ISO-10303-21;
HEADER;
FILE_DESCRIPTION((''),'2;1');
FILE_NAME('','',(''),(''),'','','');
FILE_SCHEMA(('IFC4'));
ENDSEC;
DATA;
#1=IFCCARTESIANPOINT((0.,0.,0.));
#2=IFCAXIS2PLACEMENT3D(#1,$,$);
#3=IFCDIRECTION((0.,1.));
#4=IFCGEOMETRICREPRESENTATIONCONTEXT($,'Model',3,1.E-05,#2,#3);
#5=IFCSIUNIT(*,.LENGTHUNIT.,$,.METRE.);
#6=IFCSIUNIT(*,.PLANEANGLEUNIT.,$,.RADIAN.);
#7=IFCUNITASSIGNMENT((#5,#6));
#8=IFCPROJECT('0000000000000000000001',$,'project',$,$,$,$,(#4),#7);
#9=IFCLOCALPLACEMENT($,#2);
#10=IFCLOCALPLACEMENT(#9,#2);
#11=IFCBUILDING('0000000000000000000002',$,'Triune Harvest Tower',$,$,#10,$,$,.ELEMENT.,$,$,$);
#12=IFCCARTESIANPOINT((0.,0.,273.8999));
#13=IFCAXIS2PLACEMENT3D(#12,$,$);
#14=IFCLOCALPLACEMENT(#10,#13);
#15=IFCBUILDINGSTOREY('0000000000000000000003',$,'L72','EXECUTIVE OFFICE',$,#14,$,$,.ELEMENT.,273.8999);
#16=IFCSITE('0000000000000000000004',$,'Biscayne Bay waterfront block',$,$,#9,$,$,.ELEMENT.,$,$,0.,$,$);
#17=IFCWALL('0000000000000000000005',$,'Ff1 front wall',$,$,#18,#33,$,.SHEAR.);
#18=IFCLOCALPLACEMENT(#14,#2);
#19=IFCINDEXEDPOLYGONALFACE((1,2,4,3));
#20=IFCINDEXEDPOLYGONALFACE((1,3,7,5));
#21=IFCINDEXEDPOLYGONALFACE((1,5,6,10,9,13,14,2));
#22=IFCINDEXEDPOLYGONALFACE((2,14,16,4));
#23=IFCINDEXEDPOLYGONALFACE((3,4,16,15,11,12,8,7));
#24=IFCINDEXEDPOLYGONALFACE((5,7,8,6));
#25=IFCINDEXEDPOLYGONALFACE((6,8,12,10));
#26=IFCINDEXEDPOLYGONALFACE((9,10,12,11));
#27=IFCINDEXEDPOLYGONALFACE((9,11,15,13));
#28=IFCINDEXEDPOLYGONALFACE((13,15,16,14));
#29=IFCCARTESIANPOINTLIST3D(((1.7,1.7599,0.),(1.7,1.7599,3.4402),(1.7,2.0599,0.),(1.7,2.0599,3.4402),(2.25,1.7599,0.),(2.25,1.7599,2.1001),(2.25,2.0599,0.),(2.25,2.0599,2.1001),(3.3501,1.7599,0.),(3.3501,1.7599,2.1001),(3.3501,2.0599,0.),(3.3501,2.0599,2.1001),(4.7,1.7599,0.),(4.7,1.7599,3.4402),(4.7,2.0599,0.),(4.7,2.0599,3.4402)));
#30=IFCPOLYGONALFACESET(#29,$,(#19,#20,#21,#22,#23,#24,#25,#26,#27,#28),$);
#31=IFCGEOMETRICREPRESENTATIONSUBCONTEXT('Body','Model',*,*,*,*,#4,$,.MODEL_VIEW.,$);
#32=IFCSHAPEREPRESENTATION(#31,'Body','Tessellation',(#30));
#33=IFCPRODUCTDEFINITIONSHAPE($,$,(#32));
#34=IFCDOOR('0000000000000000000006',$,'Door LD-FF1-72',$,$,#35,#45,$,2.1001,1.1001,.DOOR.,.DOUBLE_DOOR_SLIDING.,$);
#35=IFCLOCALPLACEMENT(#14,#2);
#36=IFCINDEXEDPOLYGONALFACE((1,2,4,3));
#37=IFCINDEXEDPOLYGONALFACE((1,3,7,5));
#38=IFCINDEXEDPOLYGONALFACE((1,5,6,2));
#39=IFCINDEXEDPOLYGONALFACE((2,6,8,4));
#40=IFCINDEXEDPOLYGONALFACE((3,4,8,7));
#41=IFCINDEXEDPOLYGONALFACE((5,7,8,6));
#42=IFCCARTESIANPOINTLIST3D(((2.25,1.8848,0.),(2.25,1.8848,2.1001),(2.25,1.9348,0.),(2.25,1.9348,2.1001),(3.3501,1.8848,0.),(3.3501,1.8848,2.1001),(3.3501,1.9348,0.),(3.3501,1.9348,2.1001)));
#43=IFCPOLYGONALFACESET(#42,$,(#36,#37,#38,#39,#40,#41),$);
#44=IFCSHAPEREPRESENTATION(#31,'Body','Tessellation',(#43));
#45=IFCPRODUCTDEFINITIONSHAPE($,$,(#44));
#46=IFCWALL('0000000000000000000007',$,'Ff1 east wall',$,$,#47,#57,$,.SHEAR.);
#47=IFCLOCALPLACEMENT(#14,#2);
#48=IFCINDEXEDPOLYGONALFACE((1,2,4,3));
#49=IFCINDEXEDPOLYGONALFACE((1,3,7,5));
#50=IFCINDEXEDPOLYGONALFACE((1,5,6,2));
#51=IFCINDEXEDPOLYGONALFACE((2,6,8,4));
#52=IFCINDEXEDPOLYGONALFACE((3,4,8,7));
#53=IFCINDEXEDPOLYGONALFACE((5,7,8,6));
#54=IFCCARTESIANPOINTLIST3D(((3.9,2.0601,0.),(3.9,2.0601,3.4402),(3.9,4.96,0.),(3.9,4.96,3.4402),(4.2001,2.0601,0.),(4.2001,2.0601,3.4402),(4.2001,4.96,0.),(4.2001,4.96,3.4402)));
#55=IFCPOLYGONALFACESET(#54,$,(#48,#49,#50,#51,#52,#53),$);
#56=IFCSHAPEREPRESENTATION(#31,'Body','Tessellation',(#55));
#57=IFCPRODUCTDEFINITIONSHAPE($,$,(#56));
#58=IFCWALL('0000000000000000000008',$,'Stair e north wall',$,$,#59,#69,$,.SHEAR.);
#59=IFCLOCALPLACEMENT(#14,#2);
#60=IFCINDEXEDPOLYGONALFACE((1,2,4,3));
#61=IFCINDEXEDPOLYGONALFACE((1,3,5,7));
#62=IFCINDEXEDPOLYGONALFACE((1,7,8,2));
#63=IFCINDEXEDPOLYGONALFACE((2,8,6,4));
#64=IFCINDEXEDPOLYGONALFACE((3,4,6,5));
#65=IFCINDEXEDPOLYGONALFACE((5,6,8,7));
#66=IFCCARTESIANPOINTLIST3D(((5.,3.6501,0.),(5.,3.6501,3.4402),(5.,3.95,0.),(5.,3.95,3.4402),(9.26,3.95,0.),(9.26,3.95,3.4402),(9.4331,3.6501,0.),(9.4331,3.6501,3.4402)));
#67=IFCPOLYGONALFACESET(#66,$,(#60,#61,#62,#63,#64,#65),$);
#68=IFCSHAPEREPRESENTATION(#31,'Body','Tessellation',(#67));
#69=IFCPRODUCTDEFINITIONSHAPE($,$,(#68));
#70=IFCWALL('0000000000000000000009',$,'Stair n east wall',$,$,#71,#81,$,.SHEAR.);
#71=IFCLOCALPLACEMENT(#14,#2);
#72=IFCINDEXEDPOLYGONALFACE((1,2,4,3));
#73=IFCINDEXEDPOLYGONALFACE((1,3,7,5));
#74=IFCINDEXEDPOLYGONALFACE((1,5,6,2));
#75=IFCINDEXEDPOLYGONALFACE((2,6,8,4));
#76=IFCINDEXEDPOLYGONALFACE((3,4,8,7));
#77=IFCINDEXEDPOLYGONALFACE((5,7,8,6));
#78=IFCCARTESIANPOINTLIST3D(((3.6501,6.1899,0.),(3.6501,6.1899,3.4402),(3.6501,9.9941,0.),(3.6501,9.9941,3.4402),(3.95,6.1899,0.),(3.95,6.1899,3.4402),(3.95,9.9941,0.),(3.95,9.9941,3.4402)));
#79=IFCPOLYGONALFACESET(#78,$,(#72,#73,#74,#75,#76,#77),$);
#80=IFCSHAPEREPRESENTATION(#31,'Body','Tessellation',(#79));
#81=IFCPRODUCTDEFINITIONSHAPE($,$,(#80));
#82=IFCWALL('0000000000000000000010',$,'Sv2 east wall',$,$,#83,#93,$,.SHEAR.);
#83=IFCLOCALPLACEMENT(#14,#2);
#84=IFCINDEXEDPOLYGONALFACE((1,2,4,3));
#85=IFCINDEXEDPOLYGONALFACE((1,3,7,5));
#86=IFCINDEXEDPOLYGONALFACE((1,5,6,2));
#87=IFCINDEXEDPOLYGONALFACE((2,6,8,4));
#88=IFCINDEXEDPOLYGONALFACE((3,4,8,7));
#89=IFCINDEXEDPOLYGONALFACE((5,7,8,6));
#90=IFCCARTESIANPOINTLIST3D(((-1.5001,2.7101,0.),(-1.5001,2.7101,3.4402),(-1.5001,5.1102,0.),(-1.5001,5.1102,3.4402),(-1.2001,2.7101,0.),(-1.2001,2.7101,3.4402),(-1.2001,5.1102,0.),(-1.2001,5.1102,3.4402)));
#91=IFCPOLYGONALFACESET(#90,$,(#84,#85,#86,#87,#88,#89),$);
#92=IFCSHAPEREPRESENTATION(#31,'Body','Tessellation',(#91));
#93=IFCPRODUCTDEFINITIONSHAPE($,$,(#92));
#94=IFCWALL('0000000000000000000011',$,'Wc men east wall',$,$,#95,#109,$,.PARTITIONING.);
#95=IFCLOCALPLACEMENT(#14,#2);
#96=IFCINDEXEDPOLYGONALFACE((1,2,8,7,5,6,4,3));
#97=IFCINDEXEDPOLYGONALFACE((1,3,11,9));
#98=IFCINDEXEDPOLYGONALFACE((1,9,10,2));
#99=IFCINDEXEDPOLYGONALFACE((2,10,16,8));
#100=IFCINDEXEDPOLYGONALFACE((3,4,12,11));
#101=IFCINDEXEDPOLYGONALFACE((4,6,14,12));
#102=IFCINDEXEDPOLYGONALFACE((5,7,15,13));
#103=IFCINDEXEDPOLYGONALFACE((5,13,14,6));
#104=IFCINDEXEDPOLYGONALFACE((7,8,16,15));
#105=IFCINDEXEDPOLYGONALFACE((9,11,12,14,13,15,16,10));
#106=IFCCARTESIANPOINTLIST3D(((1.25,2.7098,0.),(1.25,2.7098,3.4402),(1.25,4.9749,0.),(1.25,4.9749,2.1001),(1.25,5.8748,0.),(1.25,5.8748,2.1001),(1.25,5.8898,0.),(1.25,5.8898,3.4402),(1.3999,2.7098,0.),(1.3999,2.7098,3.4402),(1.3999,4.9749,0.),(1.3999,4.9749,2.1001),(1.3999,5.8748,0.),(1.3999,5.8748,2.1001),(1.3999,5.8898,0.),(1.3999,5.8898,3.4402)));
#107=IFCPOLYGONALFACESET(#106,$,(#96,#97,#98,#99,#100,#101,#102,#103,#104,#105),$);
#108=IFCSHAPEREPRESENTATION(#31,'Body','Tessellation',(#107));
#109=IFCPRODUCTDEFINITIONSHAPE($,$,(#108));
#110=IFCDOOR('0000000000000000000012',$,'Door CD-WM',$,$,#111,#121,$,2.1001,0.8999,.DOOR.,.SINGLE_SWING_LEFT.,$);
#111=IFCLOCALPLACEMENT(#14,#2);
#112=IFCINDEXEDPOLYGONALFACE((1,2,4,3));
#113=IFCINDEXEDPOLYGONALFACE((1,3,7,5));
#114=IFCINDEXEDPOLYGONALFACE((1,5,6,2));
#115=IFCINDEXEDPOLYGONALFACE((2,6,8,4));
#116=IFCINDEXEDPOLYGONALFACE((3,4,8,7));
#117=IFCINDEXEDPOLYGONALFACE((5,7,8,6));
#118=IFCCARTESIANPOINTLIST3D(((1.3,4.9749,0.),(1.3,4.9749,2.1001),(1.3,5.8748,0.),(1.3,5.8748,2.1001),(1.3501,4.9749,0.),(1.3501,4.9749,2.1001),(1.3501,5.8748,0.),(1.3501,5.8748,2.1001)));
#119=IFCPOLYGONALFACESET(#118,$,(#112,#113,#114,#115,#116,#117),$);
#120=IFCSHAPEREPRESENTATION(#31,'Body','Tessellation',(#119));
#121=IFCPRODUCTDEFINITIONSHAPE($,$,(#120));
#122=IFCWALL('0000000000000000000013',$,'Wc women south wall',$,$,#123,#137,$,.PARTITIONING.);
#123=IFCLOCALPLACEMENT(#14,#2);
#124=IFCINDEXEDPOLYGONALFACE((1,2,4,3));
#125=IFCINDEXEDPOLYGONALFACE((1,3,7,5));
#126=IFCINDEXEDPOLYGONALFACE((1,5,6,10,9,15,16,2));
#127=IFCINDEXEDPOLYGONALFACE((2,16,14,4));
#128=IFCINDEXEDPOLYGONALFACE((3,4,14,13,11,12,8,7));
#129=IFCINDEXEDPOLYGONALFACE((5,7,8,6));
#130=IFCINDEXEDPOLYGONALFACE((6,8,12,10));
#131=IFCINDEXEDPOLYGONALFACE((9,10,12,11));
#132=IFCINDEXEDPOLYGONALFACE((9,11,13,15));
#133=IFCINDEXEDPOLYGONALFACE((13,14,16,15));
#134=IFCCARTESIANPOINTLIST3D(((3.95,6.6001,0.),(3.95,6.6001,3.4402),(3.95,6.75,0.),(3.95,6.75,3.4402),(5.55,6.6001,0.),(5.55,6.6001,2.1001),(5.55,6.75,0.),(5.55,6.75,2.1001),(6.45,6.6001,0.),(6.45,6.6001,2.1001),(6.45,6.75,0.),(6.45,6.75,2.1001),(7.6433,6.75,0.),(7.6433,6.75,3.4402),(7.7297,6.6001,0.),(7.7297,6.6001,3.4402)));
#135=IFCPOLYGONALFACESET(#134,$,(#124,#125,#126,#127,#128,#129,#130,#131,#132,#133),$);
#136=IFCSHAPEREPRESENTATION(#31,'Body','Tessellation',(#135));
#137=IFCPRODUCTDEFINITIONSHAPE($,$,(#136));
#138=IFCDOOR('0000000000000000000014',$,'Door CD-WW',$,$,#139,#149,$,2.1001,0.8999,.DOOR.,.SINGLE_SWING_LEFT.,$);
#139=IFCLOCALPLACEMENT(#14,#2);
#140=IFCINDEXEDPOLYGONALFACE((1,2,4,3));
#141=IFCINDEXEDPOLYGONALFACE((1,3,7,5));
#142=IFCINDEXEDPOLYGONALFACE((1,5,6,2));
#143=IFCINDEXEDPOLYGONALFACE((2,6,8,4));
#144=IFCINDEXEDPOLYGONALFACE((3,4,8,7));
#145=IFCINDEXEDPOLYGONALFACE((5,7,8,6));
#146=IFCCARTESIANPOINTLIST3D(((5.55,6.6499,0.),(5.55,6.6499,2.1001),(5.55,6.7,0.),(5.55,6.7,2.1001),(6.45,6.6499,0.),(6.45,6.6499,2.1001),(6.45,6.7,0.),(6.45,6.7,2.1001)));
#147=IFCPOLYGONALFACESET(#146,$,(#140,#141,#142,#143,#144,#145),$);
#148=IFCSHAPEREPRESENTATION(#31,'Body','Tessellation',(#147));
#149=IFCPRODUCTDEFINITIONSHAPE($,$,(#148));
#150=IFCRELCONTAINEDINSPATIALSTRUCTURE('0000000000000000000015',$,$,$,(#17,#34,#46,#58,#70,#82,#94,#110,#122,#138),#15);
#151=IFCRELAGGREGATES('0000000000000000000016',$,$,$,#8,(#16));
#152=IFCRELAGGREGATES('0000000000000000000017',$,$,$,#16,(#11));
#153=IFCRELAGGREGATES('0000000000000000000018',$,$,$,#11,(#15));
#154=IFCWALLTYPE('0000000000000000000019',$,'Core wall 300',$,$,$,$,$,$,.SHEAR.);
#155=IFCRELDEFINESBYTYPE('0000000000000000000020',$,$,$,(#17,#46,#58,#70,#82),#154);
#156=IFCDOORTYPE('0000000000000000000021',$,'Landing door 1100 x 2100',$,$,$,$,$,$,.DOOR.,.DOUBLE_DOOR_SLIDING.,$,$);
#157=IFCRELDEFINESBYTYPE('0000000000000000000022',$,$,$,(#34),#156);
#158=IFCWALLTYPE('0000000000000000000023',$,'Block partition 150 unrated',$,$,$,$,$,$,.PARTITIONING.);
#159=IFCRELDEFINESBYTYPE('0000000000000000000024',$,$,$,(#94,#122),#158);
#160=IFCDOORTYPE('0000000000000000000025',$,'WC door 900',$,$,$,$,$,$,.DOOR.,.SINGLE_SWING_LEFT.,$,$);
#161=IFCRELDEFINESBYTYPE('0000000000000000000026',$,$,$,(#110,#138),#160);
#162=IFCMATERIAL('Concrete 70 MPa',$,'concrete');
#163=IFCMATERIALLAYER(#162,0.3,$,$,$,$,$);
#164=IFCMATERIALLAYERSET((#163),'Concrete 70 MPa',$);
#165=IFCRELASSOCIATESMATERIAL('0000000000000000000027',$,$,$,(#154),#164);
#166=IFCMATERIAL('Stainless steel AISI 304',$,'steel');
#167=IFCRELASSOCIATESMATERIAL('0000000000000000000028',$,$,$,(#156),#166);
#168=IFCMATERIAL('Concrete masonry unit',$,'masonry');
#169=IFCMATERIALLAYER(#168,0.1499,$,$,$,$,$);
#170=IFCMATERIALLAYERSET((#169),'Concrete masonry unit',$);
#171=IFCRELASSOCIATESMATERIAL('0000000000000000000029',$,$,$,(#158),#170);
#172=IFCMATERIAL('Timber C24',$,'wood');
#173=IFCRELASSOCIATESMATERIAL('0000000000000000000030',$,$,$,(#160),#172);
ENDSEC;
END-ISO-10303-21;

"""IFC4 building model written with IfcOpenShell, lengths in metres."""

from ifc_helpers import new_model, si_unit, direction, frame, frame_2d, origin, place, context, subcontext, project, spatial, polyline, rectangle, outline, extrude, source, transform, mapped, material, layer, layer_set, type_object, element, fill, save


model = new_model("IFC4")

# Units and contexts
model_context = context("Model", 3, precision=1e-05, world=origin(), true_north=direction((0.0, 1.0)))
body_context = subcontext(model_context, "Body", "Model", "MODEL_VIEW")
ifc_project = project(units=[si_unit("LENGTHUNIT", "METRE"), si_unit("PLANEANGLEUNIT", "RADIAN")], contexts=[model_context])

# Site, building, storey
site_placement = place(None, origin())
site = spatial("IfcSite", under=ifc_project, at=site_placement, Name="Biscayne Bay waterfront block", CompositionType="ELEMENT", RefElevation=0.0)
building_placement = place(site_placement, origin())
building = spatial("IfcBuilding", under=site, at=building_placement, Name="Triune Harvest Tower", CompositionType="ELEMENT")
storey_placement = place(building_placement, frame((0.0, 0.0, 273.8999)))
storey = spatial("IfcBuildingStorey", under=building, at=storey_placement, Name="L72", Description="EXECUTIVE OFFICE", CompositionType="ELEMENT", Elevation=273.8999)

# Shared definitions
ifc_material_1 = material(Name="Concrete 70 MPa", Category="concrete")
ifc_layer_1 = layer(ifc_material_1, 0.3)
ifc_layer_set_1 = layer_set([ifc_layer_1], Name="Concrete 70 MPa")
wall_type_1 = type_object("IfcWallType", Name="Core wall 300", PredefinedType="SHEAR", material=ifc_layer_set_1)

# Wall, opening, door
shared_shape_1 = source(origin(), body_context, "Body", "SweptSolid", [
    extrude(rectangle(XDim=3.0, YDim=0.3, at=frame_2d((1.5, 0.0))), origin(), (0.0, 0.0, 1.0), 3.4402),
])
wall_1_placement = place(storey_placement, frame((1.7, 1.9099, 0.0), z_axis=(0.0, 0.0, 1.0), x_axis=(1.0, 0.0, 0.0)))
wall_1 = element("IfcWall", 1, at=wall_1_placement, inside=storey, type_object=wall_type_1, Name="Ff1 front wall", PredefinedType="SHEAR", context=body_context, shape_type="MappedRepresentation", body=[
    mapped(shared_shape_1, transform((0.0, 0.0, 0.0), scale=1.0)),
])
opening_1_placement = place(wall_1_placement, frame((0.55, 0.0, 0.0)))
opening_1 = element("IfcOpeningElement", 2, at=opening_1_placement, cuts=wall_1, PredefinedType="OPENING", context=body_context, shape_type="SweptSolid", body=[
    extrude(rectangle(XDim=1.1001, YDim=2.1001, at=frame_2d((0.55, 1.05))), frame((0.0, 0.1602, 0.0), z_axis=(0.0, -1.0, 0.0), x_axis=(1.0, 0.0, 0.0)), (0.0, 0.0, 1.0), 0.3201),
])
ifc_material_2 = material(Name="Stainless steel AISI 304", Category="steel")
door_type_1 = type_object("IfcDoorType", Name="Landing door 1100 x 2100", OperationType="DOUBLE_DOOR_SLIDING", PredefinedType="DOOR", material=ifc_material_2)
door_1_placement = place(opening_1_placement, origin())
door_1 = element("IfcDoor", 3, at=door_1_placement, inside=storey, type_object=door_type_1, Name="Door LD-FF1-72", OperationType="DOUBLE_DOOR_SLIDING", OverallHeight=2.1001, OverallWidth=1.1001, PredefinedType="DOOR", context=body_context, shape_type="SweptSolid", body=[
    extrude(rectangle(XDim=1.1001, YDim=2.1001, at=frame_2d((0.55, 1.05))), frame((0.0, 0.0249, 0.0), z_axis=(0.0, -1.0, 0.0), x_axis=(1.0, 0.0, 0.0)), (0.0, 0.0, 1.0), 0.05),
])
fill(opening_1, door_1)

# Walls
shared_shape_2 = source(origin(), body_context, "Body", "SweptSolid", [
    extrude(rectangle(XDim=2.8999, YDim=0.3, at=frame_2d((1.45, 0.0))), origin(), (0.0, 0.0, 1.0), 3.4402),
])
wall_2_placement = place(storey_placement, frame((4.05, 2.0601, 0.0), z_axis=(0.0, 0.0, 1.0), x_axis=(0.0, 1.0, 0.0)))
element("IfcWall", 4, at=wall_2_placement, inside=storey, type_object=wall_type_1, Name="Ff1 east wall", PredefinedType="SHEAR", context=body_context, shape_type="MappedRepresentation", body=[
    mapped(shared_shape_2, transform((0.0, 0.0, 0.0), scale=1.0)),
])
shared_shape_3 = source(origin(), body_context, "Body", "SweptSolid", [
    extrude(outline(polyline([(0.0, -0.1499), (0.0, 0.1499), (4.26, 0.1499), (4.4331, -0.1499), (0.0, -0.1499)])), origin(), (0.0, 0.0, 1.0), 3.4402),
])
wall_3_placement = place(storey_placement, frame((5.0, 3.8, 0.0), z_axis=(0.0, 0.0, 1.0), x_axis=(1.0, 0.0, 0.0)))
element("IfcWall", 5, at=wall_3_placement, inside=storey, type_object=wall_type_1, Name="Stair e north wall", PredefinedType="SHEAR", context=body_context, shape_type="MappedRepresentation", body=[
    mapped(shared_shape_3, transform((0.0, 0.0, 0.0), scale=1.0)),
])
shared_shape_4 = source(origin(), body_context, "Body", "SweptSolid", [
    extrude(outline(polyline([(0.0, -0.1499), (0.0, 0.1499), (3.8042, 0.1499), (3.8042, -0.1499), (0.0, -0.1499)])), origin(), (0.0, 0.0, 1.0), 3.4402),
])
wall_4_placement = place(storey_placement, frame((3.8, 6.1899, 0.0), z_axis=(0.0, 0.0, 1.0), x_axis=(0.0, 1.0, 0.0)))
element("IfcWall", 6, at=wall_4_placement, inside=storey, type_object=wall_type_1, Name="Stair n east wall", PredefinedType="SHEAR", context=body_context, shape_type="MappedRepresentation", body=[
    mapped(shared_shape_4, transform((0.0, 0.0, 0.0), scale=1.0)),
])
shared_shape_5 = source(origin(), body_context, "Body", "SweptSolid", [
    extrude(rectangle(XDim=2.4001, YDim=0.3, at=frame_2d((1.2002, 0.0))), origin(), (0.0, 0.0, 1.0), 3.4402),
])
wall_5_placement = place(storey_placement, frame((-1.3501, 2.71, 0.0), z_axis=(0.0, 0.0, 1.0), x_axis=(0.0, 1.0, 0.0)))
element("IfcWall", 7, at=wall_5_placement, inside=storey, type_object=wall_type_1, Name="Sv2 east wall", PredefinedType="SHEAR", context=body_context, shape_type="MappedRepresentation", body=[
    mapped(shared_shape_5, transform((0.0, 0.0, 0.0), scale=1.0)),
])

# Walls, openings, doors
ifc_material_3 = material(Name="Concrete masonry unit", Category="masonry")
ifc_layer_2 = layer(ifc_material_3, 0.1499)
ifc_layer_set_2 = layer_set([ifc_layer_2], Name="Concrete masonry unit")
wall_type_2 = type_object("IfcWallType", Name="Block partition 150 unrated", PredefinedType="PARTITIONING", material=ifc_layer_set_2)
shared_shape_6 = source(origin(), body_context, "Body", "SweptSolid", [
    extrude(rectangle(XDim=3.1799, YDim=0.1499, at=frame_2d((1.5898, 0.0))), origin(), (0.0, 0.0, 1.0), 3.4402),
])
wall_6_placement = place(storey_placement, frame((1.325, 2.71, 0.0), z_axis=(0.0, 0.0, 1.0), x_axis=(0.0, 1.0, 0.0)))
wall_6 = element("IfcWall", 8, at=wall_6_placement, inside=storey, type_object=wall_type_2, Name="Wc men east wall", PredefinedType="PARTITIONING", context=body_context, shape_type="MappedRepresentation", body=[
    mapped(shared_shape_6, transform((0.0, 0.0, 0.0), scale=1.0)),
])
opening_2_placement = place(wall_6_placement, frame((2.2649, 0.0, 0.0)))
opening_2 = element("IfcOpeningElement", 9, at=opening_2_placement, cuts=wall_6, PredefinedType="OPENING", context=body_context, shape_type="SweptSolid", body=[
    extrude(rectangle(XDim=0.8999, YDim=2.1001, at=frame_2d((0.45, 1.05))), frame((0.0, 0.085, 0.0), z_axis=(0.0, -1.0, 0.0), x_axis=(1.0, 0.0, 0.0)), (0.0, 0.0, 1.0), 0.1699),
])
ifc_material_4 = material(Name="Timber C24", Category="wood")
door_type_2 = type_object("IfcDoorType", Name="WC door 900", OperationType="SINGLE_SWING_LEFT", PredefinedType="DOOR", material=ifc_material_4)
door_2_placement = place(opening_2_placement, origin())
door_2 = element("IfcDoor", 10, at=door_2_placement, inside=storey, type_object=door_type_2, Name="Door CD-WM", OperationType="SINGLE_SWING_LEFT", OverallHeight=2.1001, OverallWidth=0.8999, PredefinedType="DOOR", context=body_context, shape_type="SweptSolid", body=[
    extrude(rectangle(XDim=0.8999, YDim=2.1001, at=frame_2d((0.45, 1.05))), frame((0.0, 0.0249, 0.0), z_axis=(0.0, -1.0, 0.0), x_axis=(1.0, 0.0, 0.0)), (0.0, 0.0, 1.0), 0.05),
])
fill(opening_2, door_2)
shared_shape_7 = source(origin(), body_context, "Body", "SweptSolid", [
    extrude(outline(polyline([(0.0, -0.075), (0.0, 0.075), (3.6934, 0.075), (3.7798, -0.075), (0.0, -0.075)])), origin(), (0.0, 0.0, 1.0), 3.4402),
])
wall_7_placement = place(storey_placement, frame((3.95, 6.675, 0.0), z_axis=(0.0, 0.0, 1.0), x_axis=(1.0, 0.0, 0.0)))
wall_7 = element("IfcWall", 11, at=wall_7_placement, inside=storey, type_object=wall_type_2, Name="Wc women south wall", PredefinedType="PARTITIONING", context=body_context, shape_type="MappedRepresentation", body=[
    mapped(shared_shape_7, transform((0.0, 0.0, 0.0), scale=1.0)),
])
opening_3_placement = place(wall_7_placement, frame((1.6001, 0.0, 0.0)))
opening_3 = element("IfcOpeningElement", 12, at=opening_3_placement, cuts=wall_7, PredefinedType="OPENING", context=body_context, shape_type="SweptSolid", body=[
    extrude(rectangle(XDim=0.8999, YDim=2.1001, at=frame_2d((0.45, 1.05))), frame((0.0, 0.085, 0.0), z_axis=(0.0, -1.0, 0.0), x_axis=(1.0, 0.0, 0.0)), (0.0, 0.0, 1.0), 0.1699),
])
door_3_placement = place(opening_3_placement, origin())
door_3 = element("IfcDoor", 13, at=door_3_placement, inside=storey, type_object=door_type_2, Name="Door CD-WW", OperationType="SINGLE_SWING_LEFT", OverallHeight=2.1001, OverallWidth=0.8999, PredefinedType="DOOR", context=body_context, shape_type="SweptSolid", body=[
    extrude(rectangle(XDim=0.8999, YDim=2.1001, at=frame_2d((0.45, 1.05))), frame((0.0, 0.0249, 0.0), z_axis=(0.0, -1.0, 0.0), x_axis=(1.0, 0.0, 0.0)), (0.0, 0.0, 1.0), 0.05),
])
fill(opening_3, door_3)

save(model, "model.ifc")
